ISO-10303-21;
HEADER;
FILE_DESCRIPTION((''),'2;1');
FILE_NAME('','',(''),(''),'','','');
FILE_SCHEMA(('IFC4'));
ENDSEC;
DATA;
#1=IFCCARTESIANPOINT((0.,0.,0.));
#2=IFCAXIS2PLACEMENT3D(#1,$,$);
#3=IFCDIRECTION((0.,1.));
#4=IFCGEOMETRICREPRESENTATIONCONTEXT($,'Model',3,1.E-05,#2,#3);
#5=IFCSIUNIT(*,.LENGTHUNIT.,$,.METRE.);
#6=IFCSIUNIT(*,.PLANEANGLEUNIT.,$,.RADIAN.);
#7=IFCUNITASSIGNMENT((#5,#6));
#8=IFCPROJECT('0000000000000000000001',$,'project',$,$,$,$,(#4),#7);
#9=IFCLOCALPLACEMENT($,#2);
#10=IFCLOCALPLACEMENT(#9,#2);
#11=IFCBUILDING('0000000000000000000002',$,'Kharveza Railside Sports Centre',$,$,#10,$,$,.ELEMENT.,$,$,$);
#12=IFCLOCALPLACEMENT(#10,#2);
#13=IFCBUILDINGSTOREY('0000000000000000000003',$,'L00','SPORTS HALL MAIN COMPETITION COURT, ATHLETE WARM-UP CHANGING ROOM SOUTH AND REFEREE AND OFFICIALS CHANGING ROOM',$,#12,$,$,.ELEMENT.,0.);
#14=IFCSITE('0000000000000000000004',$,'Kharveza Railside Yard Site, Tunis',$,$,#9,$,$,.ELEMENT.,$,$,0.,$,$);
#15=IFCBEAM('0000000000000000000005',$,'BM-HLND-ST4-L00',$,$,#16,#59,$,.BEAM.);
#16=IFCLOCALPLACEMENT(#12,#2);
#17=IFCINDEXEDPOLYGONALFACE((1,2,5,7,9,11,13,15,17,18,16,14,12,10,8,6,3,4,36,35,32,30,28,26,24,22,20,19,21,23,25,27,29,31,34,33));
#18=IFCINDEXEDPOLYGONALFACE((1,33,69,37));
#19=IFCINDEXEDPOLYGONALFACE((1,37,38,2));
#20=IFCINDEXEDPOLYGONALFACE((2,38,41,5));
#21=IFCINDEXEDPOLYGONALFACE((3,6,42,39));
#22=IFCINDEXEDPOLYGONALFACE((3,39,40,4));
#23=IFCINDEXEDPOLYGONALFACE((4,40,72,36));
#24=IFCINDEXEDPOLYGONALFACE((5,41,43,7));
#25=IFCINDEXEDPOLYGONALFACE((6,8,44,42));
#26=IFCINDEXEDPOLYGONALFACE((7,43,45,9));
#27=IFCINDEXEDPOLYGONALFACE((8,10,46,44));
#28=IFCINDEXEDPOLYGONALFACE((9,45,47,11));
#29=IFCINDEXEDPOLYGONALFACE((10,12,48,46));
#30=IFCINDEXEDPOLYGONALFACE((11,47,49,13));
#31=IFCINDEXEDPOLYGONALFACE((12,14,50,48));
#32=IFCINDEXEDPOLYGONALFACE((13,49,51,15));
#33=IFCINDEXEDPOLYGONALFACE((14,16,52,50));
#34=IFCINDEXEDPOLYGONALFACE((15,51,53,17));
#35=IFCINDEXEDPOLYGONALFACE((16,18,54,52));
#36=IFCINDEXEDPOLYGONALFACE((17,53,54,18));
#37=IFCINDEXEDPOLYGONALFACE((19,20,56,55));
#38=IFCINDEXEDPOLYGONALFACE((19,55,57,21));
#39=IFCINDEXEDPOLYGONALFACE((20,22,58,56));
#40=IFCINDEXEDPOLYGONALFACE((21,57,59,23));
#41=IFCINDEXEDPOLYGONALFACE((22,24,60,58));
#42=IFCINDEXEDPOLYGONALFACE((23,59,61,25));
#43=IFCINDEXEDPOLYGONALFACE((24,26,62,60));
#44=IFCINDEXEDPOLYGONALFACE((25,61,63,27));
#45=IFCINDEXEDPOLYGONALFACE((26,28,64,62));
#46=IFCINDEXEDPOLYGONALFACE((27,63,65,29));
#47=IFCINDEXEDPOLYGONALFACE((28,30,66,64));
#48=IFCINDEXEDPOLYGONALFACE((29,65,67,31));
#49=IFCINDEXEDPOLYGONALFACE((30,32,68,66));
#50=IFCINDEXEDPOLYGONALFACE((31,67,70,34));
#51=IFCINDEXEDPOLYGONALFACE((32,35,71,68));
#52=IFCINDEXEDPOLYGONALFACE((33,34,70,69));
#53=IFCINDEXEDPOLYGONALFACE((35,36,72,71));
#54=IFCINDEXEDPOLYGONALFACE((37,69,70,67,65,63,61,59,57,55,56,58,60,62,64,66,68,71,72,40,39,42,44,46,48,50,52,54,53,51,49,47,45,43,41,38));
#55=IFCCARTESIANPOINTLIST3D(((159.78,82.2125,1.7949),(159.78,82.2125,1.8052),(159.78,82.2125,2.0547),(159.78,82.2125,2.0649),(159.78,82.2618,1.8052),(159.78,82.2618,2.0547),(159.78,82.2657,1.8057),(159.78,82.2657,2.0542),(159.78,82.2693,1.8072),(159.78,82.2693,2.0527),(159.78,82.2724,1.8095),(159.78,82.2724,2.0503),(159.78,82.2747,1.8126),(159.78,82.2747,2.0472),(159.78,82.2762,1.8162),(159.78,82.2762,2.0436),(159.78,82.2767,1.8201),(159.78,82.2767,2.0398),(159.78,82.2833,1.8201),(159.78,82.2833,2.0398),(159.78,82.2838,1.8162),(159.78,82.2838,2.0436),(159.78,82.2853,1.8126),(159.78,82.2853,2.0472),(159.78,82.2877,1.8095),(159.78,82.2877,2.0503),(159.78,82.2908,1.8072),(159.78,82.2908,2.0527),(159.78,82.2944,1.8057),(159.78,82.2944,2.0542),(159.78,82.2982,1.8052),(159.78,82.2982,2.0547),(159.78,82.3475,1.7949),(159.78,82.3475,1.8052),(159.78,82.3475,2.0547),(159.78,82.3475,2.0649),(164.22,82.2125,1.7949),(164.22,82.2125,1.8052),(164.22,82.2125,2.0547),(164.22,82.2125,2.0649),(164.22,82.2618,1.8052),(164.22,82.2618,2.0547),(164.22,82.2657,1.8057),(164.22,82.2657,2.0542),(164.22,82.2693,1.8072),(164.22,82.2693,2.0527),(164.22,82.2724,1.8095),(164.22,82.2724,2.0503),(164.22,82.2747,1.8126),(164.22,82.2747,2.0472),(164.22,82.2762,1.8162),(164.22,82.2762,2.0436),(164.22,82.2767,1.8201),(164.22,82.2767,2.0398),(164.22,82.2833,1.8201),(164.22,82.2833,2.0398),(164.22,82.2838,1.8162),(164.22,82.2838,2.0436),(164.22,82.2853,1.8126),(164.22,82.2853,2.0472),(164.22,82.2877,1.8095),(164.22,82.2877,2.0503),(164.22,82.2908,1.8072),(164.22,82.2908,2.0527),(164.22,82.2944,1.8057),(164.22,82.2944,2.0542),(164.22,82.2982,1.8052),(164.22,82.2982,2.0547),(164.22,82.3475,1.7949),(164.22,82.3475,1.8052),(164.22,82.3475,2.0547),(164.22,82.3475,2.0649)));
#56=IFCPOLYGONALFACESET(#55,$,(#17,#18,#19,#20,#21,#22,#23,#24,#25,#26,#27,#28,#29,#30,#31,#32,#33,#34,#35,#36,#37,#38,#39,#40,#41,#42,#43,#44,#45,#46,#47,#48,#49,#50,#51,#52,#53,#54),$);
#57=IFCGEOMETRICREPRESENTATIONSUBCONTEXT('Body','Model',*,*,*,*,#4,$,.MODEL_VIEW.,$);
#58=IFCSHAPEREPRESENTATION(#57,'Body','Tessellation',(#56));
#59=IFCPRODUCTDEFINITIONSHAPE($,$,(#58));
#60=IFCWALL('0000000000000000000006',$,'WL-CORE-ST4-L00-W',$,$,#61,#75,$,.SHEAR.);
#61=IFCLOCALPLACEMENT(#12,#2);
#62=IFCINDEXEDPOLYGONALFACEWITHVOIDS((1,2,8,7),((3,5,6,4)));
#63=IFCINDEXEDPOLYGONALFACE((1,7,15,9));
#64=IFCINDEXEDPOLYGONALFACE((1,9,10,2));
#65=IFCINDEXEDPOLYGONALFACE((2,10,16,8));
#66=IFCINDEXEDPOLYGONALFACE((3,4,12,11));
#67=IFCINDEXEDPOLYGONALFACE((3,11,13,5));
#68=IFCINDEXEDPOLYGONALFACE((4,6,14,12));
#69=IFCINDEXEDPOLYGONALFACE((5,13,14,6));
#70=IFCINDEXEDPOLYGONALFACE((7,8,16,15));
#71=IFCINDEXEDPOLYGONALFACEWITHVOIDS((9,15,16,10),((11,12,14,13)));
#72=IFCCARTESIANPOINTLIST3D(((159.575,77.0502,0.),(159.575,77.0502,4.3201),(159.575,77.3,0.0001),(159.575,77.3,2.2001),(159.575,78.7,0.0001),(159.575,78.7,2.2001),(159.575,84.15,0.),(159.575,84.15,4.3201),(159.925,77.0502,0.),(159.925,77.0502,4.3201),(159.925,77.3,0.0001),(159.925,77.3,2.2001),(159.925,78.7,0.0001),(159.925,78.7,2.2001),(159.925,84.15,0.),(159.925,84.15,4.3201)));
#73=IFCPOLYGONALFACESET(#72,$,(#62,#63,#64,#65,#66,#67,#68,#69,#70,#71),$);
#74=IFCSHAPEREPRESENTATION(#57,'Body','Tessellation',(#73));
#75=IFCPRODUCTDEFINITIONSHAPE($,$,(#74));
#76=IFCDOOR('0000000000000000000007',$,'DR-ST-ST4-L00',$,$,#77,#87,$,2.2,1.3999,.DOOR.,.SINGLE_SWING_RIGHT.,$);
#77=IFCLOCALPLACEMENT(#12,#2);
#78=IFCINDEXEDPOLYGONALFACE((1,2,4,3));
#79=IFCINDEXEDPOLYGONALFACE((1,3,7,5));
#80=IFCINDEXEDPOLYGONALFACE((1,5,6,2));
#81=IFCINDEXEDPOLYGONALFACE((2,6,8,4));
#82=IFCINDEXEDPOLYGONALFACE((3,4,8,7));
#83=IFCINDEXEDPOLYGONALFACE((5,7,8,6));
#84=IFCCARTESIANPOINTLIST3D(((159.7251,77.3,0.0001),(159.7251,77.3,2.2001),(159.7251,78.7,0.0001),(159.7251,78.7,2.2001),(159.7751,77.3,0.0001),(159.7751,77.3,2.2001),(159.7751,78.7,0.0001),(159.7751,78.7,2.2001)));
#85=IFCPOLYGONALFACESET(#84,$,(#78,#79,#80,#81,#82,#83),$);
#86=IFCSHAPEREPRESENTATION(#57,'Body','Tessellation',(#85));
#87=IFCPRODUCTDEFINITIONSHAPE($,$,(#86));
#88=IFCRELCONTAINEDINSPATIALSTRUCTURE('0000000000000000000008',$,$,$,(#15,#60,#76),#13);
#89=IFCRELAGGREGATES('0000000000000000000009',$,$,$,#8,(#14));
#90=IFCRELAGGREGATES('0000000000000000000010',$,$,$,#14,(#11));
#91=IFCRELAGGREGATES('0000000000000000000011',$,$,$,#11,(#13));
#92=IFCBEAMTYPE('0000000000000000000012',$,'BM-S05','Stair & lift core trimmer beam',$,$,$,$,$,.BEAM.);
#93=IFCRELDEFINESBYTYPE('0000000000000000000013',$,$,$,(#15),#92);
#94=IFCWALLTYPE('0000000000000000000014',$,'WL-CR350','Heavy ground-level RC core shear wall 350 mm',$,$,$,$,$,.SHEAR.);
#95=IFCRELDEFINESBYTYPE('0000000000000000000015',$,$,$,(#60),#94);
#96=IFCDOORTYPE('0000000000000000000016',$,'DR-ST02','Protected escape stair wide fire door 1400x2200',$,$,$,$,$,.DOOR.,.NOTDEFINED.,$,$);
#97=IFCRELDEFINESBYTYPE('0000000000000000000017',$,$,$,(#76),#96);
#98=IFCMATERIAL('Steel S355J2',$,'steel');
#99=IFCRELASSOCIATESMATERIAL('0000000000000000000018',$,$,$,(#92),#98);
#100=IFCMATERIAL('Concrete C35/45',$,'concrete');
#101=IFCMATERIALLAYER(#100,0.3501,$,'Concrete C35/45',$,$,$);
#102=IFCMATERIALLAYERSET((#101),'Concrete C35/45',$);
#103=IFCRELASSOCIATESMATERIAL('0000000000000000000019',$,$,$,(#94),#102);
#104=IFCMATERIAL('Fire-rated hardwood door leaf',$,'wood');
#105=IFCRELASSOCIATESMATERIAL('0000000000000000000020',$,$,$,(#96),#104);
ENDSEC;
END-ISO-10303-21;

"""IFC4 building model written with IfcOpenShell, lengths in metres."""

from ifc_helpers import new_model, si_unit, direction, frame, frame_2d, origin, origin_2d, place, context, subcontext, project, spatial, rectangle, i_section, extrude, material, layer, layer_set, material_profile, profile_set, type_object, element, fill, save


model = new_model("IFC4")

# Units and contexts
model_context = context("Model", 3, precision=1e-05, world=origin(), true_north=direction((0.0, 1.0)))
body_context = subcontext(model_context, "Body", "Model", "MODEL_VIEW")
ifc_project = project(units=[si_unit("LENGTHUNIT", "METRE"), si_unit("PLANEANGLEUNIT", "RADIAN")], contexts=[model_context])

# Site, building, storey
site_placement = place(None, origin())
site = spatial("IfcSite", under=ifc_project, at=site_placement, Name="Kharveza Railside Yard Site, Tunis", CompositionType="ELEMENT", RefElevation=0.0)
building_placement = place(site_placement, origin())
building = spatial("IfcBuilding", under=site, at=building_placement, Name="Kharveza Railside Sports Centre", CompositionType="ELEMENT")
storey_placement = place(building_placement, origin())
storey = spatial("IfcBuildingStorey", under=building, at=storey_placement, Name="L00", Description="SPORTS HALL MAIN COMPETITION COURT, ATHLETE WARM-UP CHANGING ROOM SOUTH AND REFEREE AND OFFICIALS CHANGING ROOM", CompositionType="ELEMENT", Elevation=0.0)

# Shared definitions
ifc_material_1 = material(Name="Concrete C35/45", Category="concrete")

# Shared definitions
ifc_material_2 = material(Name="Steel S355J2", Category="steel")

# Beam
ifc_material_profile_1 = material_profile(ifc_material_2, i_section(OverallWidth=0.135, OverallDepth=0.27, WebThickness=0.0066, FlangeThickness=0.0103, FilletRadius=0.0149, at=origin_2d()), Name="IPE 270")
ifc_profile_set_1 = profile_set([ifc_material_profile_1], Name="Steel S355J2")
beam_type_1 = type_object("IfcBeamType", Name="BM-S05", Description="Stair & lift core trimmer beam", PredefinedType="BEAM", material=ifc_profile_set_1)
beam_1_placement = place(storey_placement, frame((159.78, 82.28, 1.9299), z_axis=(1.0, 0.0, 0.0), x_axis=(0.0, 1.0, 0.0)))
element("IfcBeam", 1, at=beam_1_placement, inside=storey, type_object=beam_type_1, Name="BM-HLND-ST4-L00", PredefinedType="BEAM", context=body_context, shape_type="SweptSolid", body=[
    extrude(i_section(OverallWidth=0.135, OverallDepth=0.27, WebThickness=0.0066, FlangeThickness=0.0103, FilletRadius=0.0149, at=origin_2d()), origin(), (0.0, 0.0, 1.0), 4.4399),
])

# Wall, opening, door
ifc_layer = layer(ifc_material_1, 0.3501, Name="Concrete C35/45")
ifc_layer_set = layer_set([ifc_layer], Name="Concrete C35/45")
wall_type = type_object("IfcWallType", Name="WL-CR350", Description="Heavy ground-level RC core shear wall 350 mm", PredefinedType="SHEAR", material=ifc_layer_set)
wall_placement = place(storey_placement, frame((159.75, 84.1499, 0.0), z_axis=(0.0, 0.0, 1.0), x_axis=(0.0, -1.0, 0.0)))
wall = element("IfcWall", 2, at=wall_placement, inside=storey, type_object=wall_type, Name="WL-CORE-ST4-L00-W", PredefinedType="SHEAR", context=body_context, shape_type="SweptSolid", body=[
    extrude(rectangle(XDim=7.0999, YDim=0.3501, at=frame_2d((3.5498, 0.0))), origin(), (0.0, 0.0, 1.0), 4.3201),
])
opening_placement = place(wall_placement, frame((5.45, 0.0, 0.0)))
opening = element("IfcOpeningElement", 3, at=opening_placement, cuts=wall, PredefinedType="OPENING", context=body_context, shape_type="SweptSolid", body=[
    extrude(rectangle(XDim=1.3999, YDim=2.2, at=frame_2d((0.7, 1.1001))), frame((0.0, 0.2, 0.0), z_axis=(0.0, -1.0, 0.0), x_axis=(1.0, 0.0, 0.0)), (0.0, 0.0, 1.0), 0.3999),
])
ifc_material_3 = material(Name="Fire-rated hardwood door leaf", Category="wood")
door_type = type_object("IfcDoorType", Name="DR-ST02", Description="Protected escape stair wide fire door 1400x2200", OperationType="NOTDEFINED", PredefinedType="DOOR", material=ifc_material_3)
door_placement = place(opening_placement, frame((1.3999, 0.0, 0.0), z_axis=(0.0, 0.0, 1.0), x_axis=(-1.0, 0.0, 0.0)))
door = element("IfcDoor", 4, at=door_placement, inside=storey, type_object=door_type, Name="DR-ST-ST4-L00", OperationType="SINGLE_SWING_RIGHT", OverallHeight=2.2, OverallWidth=1.3999, PredefinedType="DOOR", context=body_context, shape_type="SweptSolid", body=[
    extrude(rectangle(XDim=1.3999, YDim=2.2, at=frame_2d((0.7, 1.1001))), frame((0.0, 0.0249, 0.0), z_axis=(0.0, -1.0, 0.0), x_axis=(1.0, 0.0, 0.0)), (0.0, 0.0, 1.0), 0.05),
])
fill(opening, door)

save(model, "model.ifc")
